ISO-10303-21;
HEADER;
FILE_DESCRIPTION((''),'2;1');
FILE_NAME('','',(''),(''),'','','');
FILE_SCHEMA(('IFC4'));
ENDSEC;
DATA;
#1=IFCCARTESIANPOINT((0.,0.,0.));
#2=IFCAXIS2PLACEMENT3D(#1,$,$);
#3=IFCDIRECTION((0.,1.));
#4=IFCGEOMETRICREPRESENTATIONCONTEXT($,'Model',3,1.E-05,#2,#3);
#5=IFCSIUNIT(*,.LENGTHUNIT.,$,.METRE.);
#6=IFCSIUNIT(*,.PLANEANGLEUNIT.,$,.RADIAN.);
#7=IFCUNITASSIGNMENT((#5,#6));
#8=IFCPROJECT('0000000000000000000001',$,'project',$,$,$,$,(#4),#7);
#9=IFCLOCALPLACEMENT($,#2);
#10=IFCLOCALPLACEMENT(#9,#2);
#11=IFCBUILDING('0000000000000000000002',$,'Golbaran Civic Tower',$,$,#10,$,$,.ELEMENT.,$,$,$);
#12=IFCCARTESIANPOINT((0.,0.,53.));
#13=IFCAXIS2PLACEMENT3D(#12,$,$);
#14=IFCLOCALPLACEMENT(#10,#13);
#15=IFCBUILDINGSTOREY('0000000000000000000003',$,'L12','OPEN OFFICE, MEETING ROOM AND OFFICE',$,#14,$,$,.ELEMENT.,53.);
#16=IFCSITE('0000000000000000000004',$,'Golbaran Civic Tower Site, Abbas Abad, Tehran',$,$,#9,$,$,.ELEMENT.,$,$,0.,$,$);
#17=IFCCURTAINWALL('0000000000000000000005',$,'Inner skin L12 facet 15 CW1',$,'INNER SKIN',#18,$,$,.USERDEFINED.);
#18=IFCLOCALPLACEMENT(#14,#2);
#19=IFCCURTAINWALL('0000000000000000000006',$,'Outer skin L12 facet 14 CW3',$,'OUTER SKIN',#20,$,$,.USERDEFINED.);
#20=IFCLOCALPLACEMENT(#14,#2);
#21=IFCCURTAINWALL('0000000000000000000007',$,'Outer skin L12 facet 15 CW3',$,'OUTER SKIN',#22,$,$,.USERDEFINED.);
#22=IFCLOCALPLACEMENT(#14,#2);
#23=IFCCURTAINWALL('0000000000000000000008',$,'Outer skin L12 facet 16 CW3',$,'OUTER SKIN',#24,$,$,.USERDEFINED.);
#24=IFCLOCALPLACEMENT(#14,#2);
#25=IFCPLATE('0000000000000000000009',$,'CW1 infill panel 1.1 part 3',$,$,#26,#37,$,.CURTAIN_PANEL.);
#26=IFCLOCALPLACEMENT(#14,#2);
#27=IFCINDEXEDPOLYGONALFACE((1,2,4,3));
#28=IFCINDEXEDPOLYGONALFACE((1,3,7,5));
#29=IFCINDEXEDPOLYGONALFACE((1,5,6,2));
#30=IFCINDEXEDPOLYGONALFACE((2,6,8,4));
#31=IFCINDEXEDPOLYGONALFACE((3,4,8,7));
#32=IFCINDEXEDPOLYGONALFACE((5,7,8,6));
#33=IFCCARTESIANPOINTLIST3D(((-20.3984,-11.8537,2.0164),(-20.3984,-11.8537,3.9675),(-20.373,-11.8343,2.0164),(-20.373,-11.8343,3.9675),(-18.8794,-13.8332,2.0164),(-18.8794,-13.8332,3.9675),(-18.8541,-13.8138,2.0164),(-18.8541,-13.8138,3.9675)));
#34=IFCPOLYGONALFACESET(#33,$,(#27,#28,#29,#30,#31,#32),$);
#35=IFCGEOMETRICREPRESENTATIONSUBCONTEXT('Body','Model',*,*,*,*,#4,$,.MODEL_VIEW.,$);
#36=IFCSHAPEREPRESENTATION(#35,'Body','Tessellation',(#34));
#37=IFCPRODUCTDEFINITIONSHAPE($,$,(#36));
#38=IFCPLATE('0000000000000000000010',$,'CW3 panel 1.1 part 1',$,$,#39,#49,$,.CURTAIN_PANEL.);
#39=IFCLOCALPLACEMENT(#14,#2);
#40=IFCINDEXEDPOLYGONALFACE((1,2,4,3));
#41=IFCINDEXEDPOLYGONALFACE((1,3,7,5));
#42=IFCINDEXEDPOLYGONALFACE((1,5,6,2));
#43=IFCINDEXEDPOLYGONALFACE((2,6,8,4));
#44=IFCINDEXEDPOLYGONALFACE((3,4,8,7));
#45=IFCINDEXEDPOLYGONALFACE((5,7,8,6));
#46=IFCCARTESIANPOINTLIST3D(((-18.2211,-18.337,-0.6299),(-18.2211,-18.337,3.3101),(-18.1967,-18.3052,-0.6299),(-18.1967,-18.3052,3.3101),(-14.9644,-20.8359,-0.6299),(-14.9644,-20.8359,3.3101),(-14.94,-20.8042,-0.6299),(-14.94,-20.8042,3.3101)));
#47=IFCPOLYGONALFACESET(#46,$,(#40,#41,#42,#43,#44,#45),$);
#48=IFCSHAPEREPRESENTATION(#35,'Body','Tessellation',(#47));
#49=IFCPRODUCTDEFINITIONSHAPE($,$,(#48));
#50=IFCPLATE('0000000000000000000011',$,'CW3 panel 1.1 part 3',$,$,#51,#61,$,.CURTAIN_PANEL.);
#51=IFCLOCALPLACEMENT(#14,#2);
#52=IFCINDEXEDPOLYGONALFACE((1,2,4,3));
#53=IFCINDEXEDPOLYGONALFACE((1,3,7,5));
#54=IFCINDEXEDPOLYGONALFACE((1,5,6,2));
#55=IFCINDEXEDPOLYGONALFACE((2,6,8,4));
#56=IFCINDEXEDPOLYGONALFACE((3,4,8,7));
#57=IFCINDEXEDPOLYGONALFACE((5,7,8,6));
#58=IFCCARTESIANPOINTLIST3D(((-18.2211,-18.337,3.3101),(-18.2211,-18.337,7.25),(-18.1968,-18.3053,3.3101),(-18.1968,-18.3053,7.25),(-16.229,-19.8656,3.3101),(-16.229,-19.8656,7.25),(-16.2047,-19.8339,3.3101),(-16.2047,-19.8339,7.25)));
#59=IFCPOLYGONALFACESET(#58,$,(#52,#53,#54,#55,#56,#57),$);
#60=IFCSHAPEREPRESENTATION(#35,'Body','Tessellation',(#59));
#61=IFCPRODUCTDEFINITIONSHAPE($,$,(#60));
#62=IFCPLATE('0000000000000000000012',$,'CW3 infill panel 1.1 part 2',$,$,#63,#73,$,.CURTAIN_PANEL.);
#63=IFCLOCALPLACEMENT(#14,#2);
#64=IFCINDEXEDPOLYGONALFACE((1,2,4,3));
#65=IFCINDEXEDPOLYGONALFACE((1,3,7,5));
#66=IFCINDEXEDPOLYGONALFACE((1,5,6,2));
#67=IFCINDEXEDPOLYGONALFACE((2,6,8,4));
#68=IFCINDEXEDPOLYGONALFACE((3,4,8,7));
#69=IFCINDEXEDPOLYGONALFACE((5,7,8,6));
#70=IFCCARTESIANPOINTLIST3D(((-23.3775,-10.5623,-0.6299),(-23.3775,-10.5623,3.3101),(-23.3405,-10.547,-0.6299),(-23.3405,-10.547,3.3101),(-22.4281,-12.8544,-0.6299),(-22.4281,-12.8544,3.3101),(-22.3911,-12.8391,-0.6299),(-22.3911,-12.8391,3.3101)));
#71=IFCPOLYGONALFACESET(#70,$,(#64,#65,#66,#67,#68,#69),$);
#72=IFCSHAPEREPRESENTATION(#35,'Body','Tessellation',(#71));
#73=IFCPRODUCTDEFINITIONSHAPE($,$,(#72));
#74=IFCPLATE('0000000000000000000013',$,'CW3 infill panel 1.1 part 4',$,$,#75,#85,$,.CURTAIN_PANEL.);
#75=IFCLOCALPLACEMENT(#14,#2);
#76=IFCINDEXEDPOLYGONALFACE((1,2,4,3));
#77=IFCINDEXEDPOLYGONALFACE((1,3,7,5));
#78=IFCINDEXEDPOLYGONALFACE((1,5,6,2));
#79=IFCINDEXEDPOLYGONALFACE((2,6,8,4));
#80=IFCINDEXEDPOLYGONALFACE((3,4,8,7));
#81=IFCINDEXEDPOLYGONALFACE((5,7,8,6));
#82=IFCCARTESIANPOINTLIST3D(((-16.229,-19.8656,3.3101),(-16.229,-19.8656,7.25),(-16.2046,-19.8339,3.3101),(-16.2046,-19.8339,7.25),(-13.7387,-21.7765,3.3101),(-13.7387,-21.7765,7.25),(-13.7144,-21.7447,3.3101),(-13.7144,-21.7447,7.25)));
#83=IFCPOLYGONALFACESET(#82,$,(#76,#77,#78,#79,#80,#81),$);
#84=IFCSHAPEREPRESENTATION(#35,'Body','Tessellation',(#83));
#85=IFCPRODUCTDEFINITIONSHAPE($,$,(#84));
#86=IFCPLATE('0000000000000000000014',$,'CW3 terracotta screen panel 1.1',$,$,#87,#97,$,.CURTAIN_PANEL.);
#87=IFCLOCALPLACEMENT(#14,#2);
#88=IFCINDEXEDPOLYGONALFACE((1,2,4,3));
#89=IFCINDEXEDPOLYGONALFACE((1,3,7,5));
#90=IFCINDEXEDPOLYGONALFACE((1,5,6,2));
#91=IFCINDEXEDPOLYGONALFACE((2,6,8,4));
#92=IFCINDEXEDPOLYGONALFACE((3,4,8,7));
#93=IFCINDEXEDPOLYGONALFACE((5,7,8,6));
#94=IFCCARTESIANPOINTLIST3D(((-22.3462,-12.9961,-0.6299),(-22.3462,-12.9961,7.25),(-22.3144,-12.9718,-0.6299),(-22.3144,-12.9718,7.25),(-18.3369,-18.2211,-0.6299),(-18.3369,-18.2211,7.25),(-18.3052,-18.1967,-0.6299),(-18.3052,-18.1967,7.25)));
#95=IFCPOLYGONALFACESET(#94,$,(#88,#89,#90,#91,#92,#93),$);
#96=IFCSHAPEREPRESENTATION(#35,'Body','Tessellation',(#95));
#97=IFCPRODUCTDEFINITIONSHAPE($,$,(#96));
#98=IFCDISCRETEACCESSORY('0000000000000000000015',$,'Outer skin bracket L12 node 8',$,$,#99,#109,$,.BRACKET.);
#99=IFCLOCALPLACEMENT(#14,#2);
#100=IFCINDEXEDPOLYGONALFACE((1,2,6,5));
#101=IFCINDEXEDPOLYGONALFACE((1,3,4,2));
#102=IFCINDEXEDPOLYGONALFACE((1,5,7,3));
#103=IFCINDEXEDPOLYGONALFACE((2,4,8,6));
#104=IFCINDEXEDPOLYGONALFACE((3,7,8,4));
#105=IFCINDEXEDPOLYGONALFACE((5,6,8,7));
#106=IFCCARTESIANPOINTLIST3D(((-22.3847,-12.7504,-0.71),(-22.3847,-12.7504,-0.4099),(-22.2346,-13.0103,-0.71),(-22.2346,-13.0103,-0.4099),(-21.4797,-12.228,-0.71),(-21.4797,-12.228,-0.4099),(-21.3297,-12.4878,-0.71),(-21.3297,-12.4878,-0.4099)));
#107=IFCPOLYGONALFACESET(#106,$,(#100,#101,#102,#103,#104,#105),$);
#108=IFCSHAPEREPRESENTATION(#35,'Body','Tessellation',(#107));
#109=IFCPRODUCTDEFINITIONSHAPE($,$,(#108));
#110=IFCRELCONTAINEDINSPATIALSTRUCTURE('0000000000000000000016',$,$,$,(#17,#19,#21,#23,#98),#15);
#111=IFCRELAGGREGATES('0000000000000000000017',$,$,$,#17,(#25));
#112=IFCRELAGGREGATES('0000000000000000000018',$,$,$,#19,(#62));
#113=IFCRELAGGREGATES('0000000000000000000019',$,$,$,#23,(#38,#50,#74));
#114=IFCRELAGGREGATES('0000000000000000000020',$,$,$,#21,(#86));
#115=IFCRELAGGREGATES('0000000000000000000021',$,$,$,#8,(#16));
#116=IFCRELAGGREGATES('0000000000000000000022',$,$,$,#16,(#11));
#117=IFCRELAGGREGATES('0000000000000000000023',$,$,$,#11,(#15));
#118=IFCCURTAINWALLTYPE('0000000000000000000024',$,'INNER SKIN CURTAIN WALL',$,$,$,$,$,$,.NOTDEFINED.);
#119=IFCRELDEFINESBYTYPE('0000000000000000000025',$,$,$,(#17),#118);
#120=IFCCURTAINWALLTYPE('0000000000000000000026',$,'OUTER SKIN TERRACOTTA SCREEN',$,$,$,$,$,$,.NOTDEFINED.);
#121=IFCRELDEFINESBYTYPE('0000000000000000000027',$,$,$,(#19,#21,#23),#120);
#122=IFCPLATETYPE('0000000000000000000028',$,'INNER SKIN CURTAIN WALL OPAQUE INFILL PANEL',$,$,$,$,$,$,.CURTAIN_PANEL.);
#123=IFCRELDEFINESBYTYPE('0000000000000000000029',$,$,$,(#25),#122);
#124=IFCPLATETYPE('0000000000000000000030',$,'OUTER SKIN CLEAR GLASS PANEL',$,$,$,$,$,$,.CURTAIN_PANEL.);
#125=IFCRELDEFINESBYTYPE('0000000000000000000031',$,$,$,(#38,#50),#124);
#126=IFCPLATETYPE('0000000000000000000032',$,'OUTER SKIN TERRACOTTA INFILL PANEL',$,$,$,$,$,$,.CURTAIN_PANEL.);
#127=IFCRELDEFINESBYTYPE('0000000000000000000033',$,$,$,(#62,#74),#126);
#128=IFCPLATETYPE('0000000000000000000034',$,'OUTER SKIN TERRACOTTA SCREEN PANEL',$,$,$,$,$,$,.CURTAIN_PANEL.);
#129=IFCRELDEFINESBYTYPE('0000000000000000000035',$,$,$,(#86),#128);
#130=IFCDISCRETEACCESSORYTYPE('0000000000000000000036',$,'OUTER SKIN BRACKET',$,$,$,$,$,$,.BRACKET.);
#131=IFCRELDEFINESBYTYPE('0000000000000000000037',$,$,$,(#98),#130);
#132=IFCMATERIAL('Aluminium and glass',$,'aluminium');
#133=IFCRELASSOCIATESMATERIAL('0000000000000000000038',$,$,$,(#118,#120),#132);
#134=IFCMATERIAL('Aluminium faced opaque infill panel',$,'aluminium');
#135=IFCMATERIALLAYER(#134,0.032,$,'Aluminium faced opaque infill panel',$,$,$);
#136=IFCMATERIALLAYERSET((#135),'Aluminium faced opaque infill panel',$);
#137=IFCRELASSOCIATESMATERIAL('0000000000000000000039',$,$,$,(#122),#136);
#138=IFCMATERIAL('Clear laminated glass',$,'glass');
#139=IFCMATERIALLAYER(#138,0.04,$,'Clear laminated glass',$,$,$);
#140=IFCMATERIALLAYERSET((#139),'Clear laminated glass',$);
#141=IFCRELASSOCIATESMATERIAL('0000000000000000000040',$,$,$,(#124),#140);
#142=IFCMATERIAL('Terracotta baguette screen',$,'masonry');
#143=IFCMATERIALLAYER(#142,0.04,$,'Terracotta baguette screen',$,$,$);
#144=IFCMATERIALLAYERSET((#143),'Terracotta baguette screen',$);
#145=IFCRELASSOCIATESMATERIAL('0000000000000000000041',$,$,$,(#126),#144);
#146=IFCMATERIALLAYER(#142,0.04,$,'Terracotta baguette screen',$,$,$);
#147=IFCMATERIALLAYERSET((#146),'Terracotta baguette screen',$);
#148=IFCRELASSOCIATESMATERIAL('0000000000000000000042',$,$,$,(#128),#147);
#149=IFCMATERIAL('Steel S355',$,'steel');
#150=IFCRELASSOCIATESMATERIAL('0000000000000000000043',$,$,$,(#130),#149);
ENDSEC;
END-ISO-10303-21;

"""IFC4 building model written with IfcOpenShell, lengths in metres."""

from ifc_helpers import new_model, si_unit, direction, frame, origin, origin_2d, place, context, subcontext, project, spatial, rectangle, extrude, material, layer, layer_set, type_object, element, aggregate, save


model = new_model("IFC4")

# Units and contexts
model_context = context("Model", 3, precision=1e-05, world=origin(), true_north=direction((0.0, 1.0)))
body_context = subcontext(model_context, "Body", "Model", "MODEL_VIEW")
ifc_project = project(units=[si_unit("LENGTHUNIT", "METRE"), si_unit("PLANEANGLEUNIT", "RADIAN")], contexts=[model_context])

# Site, building, storey
site_placement = place(None, origin())
site = spatial("IfcSite", under=ifc_project, at=site_placement, Name="Golbaran Civic Tower Site, Abbas Abad, Tehran", CompositionType="ELEMENT", RefElevation=0.0)
building_placement = place(site_placement, origin())
building = spatial("IfcBuilding", under=site, at=building_placement, Name="Golbaran Civic Tower", CompositionType="ELEMENT")
storey_placement = place(building_placement, frame((0.0, 0.0, 53.0)))
storey = spatial("IfcBuildingStorey", under=building, at=storey_placement, Name="L12", Description="OPEN OFFICE, MEETING ROOM AND OFFICE", CompositionType="ELEMENT", Elevation=53.0)

# Shared definitions
ifc_material_1 = material(Name="Steel S355", Category="steel")

# Shared definitions
ifc_material_2 = material(Name="Aluminium and glass", Category="aluminium")
curtain_wall_type_1 = type_object("IfcCurtainWallType", Name="INNER SKIN CURTAIN WALL", PredefinedType="NOTDEFINED", material=ifc_material_2)

# Curtain wall
curtain_wall_1_placement = place(storey_placement, origin())
curtain_wall_1 = element("IfcCurtainWall", 1, at=curtain_wall_1_placement, inside=storey, type_object=curtain_wall_type_1, Name="Inner skin L12 facet 15 CW1", ObjectType="INNER SKIN", PredefinedType="USERDEFINED")

# Curtain wall
curtain_wall_type_2 = type_object("IfcCurtainWallType", Name="OUTER SKIN TERRACOTTA SCREEN", PredefinedType="NOTDEFINED", material=ifc_material_2)
curtain_wall_2_placement = place(storey_placement, origin())
curtain_wall_2 = element("IfcCurtainWall", 2, at=curtain_wall_2_placement, inside=storey, type_object=curtain_wall_type_2, Name="Outer skin L12 facet 14 CW3", ObjectType="OUTER SKIN", PredefinedType="USERDEFINED")

# Curtain wall
curtain_wall_3_placement = place(storey_placement, origin())
curtain_wall_3 = element("IfcCurtainWall", 3, at=curtain_wall_3_placement, inside=storey, type_object=curtain_wall_type_2, Name="Outer skin L12 facet 15 CW3", ObjectType="OUTER SKIN", PredefinedType="USERDEFINED")

# Curtain wall
curtain_wall_4_placement = place(storey_placement, origin())
curtain_wall_4 = element("IfcCurtainWall", 4, at=curtain_wall_4_placement, inside=storey, type_object=curtain_wall_type_2, Name="Outer skin L12 facet 16 CW3", ObjectType="OUTER SKIN", PredefinedType="USERDEFINED")

# Plates
ifc_material_3 = material(Name="Aluminium faced opaque infill panel", Category="aluminium")
ifc_layer_1 = layer(ifc_material_3, 0.032, Name="Aluminium faced opaque infill panel")
ifc_layer_set_1 = layer_set([ifc_layer_1], Name="Aluminium faced opaque infill panel")
plate_type_1 = type_object("IfcPlateType", Name="INNER SKIN CURTAIN WALL OPAQUE INFILL PANEL", PredefinedType="CURTAIN_PANEL", material=ifc_layer_set_1)
plate_1_placement = place(storey_placement, frame((-19.6262, -12.8337, 2.0164), z_axis=(0.0, 0.0, 1.0), x_axis=(0.608761, -0.793353, 0.0)))
plate_1 = element("IfcPlate", 5, at=plate_1_placement, type_object=plate_type_1, Name="CW1 infill panel 1.1 part 3", PredefinedType="CURTAIN_PANEL", context=body_context, shape_type="SweptSolid", body=[
    extrude(rectangle(XDim=2.4951, YDim=0.032, at=origin_2d()), origin(), (0.0, 0.0, 1.0), 1.9512),
])
aggregate(curtain_wall_1, [plate_1])
ifc_material_4 = material(Name="Clear laminated glass", Category="glass")
ifc_layer_2 = layer(ifc_material_4, 0.04, Name="Clear laminated glass")
ifc_layer_set_2 = layer_set([ifc_layer_2], Name="Clear laminated glass")
plate_type_2 = type_object("IfcPlateType", Name="OUTER SKIN CLEAR GLASS PANEL", PredefinedType="CURTAIN_PANEL", material=ifc_layer_set_2)
plate_2_placement = place(storey_placement, frame((-16.5806, -19.5706, -0.6299), z_axis=(0.0, 0.0, 1.0), x_axis=(0.793353, -0.608761, 0.0)))
plate_2 = element("IfcPlate", 6, at=plate_2_placement, type_object=plate_type_2, Name="CW3 panel 1.1 part 1", PredefinedType="CURTAIN_PANEL", context=body_context, shape_type="SweptSolid", body=[
    extrude(rectangle(XDim=4.105, YDim=0.04, at=origin_2d()), origin(), (0.0, 0.0, 1.0), 3.9399),
])
plate_3_placement = place(storey_placement, frame((-17.2129, -19.0854, 3.3101), z_axis=(0.0, 0.0, 1.0), x_axis=(0.793353, -0.608761, 0.0)))
plate_3 = element("IfcPlate", 7, at=plate_3_placement, type_object=plate_type_2, Name="CW3 panel 1.1 part 3", PredefinedType="CURTAIN_PANEL", context=body_context, shape_type="SweptSolid", body=[
    extrude(rectangle(XDim=2.511, YDim=0.04, at=origin_2d()), origin(), (0.0, 0.0, 1.0), 3.9399),
])
ifc_material_5 = material(Name="Terracotta baguette screen", Category="masonry")
ifc_layer_3 = layer(ifc_material_5, 0.04, Name="Terracotta baguette screen")
ifc_layer_set_3 = layer_set([ifc_layer_3], Name="Terracotta baguette screen")
plate_type_3 = type_object("IfcPlateType", Name="OUTER SKIN TERRACOTTA INFILL PANEL", PredefinedType="CURTAIN_PANEL", material=ifc_layer_set_3)
plate_4_placement = place(storey_placement, frame((-22.8843, -11.7007, -0.6299), z_axis=(0.0, 0.0, 1.0), x_axis=(0.382683, -0.92388, 0.0)))
plate_4 = element("IfcPlate", 8, at=plate_4_placement, type_object=plate_type_3, Name="CW3 infill panel 1.1 part 2", PredefinedType="CURTAIN_PANEL", context=body_context, shape_type="SweptSolid", body=[
    extrude(rectangle(XDim=2.481, YDim=0.04, at=origin_2d()), origin(), (0.0, 0.0, 1.0), 3.9399),
])
aggregate(curtain_wall_2, [plate_4])
plate_5_placement = place(storey_placement, frame((-14.9717, -20.8052, 3.3101), z_axis=(0.0, 0.0, 1.0), x_axis=(0.793353, -0.608761, 0.0)))
plate_5 = element("IfcPlate", 9, at=plate_5_placement, type_object=plate_type_3, Name="CW3 infill panel 1.1 part 4", PredefinedType="CURTAIN_PANEL", context=body_context, shape_type="SweptSolid", body=[
    extrude(rectangle(XDim=3.1389, YDim=0.04, at=origin_2d()), origin(), (0.0, 0.0, 1.0), 3.9399),
])
aggregate(curtain_wall_4, [plate_2, plate_3, plate_5])
ifc_layer_4 = layer(ifc_material_5, 0.04, Name="Terracotta baguette screen")
ifc_layer_set_4 = layer_set([ifc_layer_4], Name="Terracotta baguette screen")
plate_type_4 = type_object("IfcPlateType", Name="OUTER SKIN TERRACOTTA SCREEN PANEL", PredefinedType="CURTAIN_PANEL", material=ifc_layer_set_4)
plate_6_placement = place(storey_placement, frame((-20.3257, -15.5964, -0.6299), z_axis=(0.0, 0.0, 1.0), x_axis=(0.608761, -0.793353, 0.0)))
plate_6 = element("IfcPlate", 10, at=plate_6_placement, type_object=plate_type_4, Name="CW3 terracotta screen panel 1.1", PredefinedType="CURTAIN_PANEL", context=body_context, shape_type="SweptSolid", body=[
    extrude(rectangle(XDim=6.5859, YDim=0.04, at=origin_2d()), origin(), (0.0, 0.0, 1.0), 7.8799),
])
aggregate(curtain_wall_3, [plate_6])

# Discrete accessory
discrete_accessory_type = type_object("IfcDiscreteAccessoryType", Name="OUTER SKIN BRACKET", PredefinedType="BRACKET", material=ifc_material_1)
discrete_accessory_placement = place(storey_placement, frame((-21.8572, -12.6191, -0.71), z_axis=(0.0, 0.0, 1.0), x_axis=(-0.866025, -0.5, 0.0)))
element("IfcDiscreteAccessory", 11, at=discrete_accessory_placement, inside=storey, type_object=discrete_accessory_type, Name="Outer skin bracket L12 node 8", PredefinedType="BRACKET", context=body_context, shape_type="SweptSolid", body=[
    extrude(rectangle(XDim=1.0449, YDim=0.3, at=origin_2d()), origin(), (0.0, 0.0, 1.0), 0.3),
])

save(model, "model.ifc")
